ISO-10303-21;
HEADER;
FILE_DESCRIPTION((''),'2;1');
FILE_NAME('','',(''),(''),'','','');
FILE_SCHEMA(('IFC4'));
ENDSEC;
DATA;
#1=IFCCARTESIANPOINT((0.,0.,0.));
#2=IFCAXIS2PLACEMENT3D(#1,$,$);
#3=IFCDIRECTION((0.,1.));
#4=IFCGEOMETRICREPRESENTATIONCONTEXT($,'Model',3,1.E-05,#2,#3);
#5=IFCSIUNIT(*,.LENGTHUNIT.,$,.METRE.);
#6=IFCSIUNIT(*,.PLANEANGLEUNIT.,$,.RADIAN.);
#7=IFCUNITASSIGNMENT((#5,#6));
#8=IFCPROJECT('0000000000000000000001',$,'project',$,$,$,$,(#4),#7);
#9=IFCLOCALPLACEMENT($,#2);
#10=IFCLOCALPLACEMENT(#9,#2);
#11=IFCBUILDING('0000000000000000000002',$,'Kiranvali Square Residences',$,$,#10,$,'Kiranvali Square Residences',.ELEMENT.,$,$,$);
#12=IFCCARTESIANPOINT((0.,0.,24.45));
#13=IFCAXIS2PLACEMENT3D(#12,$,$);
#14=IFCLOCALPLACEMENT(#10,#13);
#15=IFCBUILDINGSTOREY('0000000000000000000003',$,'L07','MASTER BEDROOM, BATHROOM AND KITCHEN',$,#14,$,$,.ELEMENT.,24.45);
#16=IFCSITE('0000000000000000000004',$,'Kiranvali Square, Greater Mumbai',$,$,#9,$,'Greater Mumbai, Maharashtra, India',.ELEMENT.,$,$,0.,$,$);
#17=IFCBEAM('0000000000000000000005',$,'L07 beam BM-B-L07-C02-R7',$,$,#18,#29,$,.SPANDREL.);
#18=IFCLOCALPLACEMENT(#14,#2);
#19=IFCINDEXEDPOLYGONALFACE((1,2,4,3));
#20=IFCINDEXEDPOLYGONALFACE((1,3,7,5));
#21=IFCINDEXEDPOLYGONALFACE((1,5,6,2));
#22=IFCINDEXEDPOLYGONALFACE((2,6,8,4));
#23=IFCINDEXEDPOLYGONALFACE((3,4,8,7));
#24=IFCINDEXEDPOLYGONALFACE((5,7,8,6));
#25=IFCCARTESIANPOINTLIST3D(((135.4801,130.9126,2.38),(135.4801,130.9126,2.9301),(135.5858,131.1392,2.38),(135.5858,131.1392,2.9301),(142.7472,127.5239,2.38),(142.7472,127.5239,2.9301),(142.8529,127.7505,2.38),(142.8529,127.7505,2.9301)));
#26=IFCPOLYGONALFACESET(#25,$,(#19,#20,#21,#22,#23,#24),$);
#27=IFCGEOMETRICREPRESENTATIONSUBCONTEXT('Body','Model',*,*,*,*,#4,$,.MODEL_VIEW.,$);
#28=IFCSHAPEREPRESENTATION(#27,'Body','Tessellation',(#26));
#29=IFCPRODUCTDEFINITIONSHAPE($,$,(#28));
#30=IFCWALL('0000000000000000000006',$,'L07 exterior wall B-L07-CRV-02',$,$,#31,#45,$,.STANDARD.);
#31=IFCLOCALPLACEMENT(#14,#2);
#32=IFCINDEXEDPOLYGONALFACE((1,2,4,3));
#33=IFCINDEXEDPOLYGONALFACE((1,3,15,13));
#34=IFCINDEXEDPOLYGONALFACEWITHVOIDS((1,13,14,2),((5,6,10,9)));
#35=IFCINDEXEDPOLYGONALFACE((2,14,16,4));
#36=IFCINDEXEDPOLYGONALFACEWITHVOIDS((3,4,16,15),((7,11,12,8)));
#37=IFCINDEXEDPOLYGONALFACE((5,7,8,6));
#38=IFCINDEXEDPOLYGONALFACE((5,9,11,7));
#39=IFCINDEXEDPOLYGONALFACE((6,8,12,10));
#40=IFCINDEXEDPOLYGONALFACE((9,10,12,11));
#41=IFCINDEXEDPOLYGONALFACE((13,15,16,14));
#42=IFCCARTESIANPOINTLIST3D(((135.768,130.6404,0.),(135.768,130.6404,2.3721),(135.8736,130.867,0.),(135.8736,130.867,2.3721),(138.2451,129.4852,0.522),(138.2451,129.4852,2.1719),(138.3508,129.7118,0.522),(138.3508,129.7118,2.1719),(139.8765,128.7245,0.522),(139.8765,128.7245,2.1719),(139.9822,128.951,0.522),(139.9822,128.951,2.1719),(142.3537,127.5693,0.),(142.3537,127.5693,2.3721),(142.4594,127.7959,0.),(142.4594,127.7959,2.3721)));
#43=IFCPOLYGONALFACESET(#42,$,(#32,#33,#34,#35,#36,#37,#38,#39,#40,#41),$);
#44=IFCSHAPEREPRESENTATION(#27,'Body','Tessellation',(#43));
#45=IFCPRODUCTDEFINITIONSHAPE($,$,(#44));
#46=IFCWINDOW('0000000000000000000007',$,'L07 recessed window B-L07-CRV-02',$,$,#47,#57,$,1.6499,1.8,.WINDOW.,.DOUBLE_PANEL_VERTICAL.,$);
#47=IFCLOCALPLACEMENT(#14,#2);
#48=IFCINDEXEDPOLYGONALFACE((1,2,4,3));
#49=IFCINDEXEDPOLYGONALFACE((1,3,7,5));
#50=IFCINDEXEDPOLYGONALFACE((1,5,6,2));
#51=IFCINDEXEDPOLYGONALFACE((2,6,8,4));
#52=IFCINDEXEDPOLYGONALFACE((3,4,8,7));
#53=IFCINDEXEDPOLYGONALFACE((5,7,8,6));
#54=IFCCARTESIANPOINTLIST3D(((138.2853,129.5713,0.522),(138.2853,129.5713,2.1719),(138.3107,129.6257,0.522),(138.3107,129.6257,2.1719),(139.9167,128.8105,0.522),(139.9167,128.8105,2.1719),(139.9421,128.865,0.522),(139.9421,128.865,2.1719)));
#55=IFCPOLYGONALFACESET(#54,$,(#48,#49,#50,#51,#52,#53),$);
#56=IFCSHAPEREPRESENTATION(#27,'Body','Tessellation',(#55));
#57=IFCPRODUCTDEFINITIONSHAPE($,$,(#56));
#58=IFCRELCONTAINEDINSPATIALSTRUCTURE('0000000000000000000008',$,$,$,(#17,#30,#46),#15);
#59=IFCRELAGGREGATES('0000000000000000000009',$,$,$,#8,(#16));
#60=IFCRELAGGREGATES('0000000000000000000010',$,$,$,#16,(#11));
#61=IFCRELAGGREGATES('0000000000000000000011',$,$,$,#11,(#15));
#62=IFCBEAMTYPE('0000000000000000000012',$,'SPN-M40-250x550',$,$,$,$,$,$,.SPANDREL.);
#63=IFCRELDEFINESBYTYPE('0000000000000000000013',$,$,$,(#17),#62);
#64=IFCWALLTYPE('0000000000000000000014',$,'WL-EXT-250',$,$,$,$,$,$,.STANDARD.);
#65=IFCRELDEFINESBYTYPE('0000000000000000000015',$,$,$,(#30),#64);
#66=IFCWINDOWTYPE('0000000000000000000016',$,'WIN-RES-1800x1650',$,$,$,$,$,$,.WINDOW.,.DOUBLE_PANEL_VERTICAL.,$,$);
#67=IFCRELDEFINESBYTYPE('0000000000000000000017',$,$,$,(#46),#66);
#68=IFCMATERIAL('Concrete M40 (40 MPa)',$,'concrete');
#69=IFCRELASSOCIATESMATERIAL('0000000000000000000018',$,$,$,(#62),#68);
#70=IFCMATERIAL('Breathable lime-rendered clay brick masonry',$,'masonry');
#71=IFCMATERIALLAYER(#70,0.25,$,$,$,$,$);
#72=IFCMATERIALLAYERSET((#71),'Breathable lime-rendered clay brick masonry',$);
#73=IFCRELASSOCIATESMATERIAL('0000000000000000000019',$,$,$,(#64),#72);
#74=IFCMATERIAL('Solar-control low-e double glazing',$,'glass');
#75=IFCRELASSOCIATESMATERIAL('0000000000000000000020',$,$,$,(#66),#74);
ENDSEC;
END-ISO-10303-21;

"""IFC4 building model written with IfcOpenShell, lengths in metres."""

from ifc_helpers import new_model, si_unit, direction, frame, frame_2d, origin, origin_2d, place, context, subcontext, project, spatial, rectangle, extrude, material, layer, layer_set, material_profile, profile_set, type_object, element, fill, save


model = new_model("IFC4")

# Units and contexts
model_context = context("Model", 3, precision=1e-05, world=origin(), true_north=direction((0.0, 1.0)))
body_context = subcontext(model_context, "Body", "Model", "MODEL_VIEW")
ifc_project = project(units=[si_unit("LENGTHUNIT", "METRE"), si_unit("PLANEANGLEUNIT", "RADIAN")], contexts=[model_context])

# Site, building, storey
site_placement = place(None, origin())
site = spatial("IfcSite", under=ifc_project, at=site_placement, Name="Kiranvali Square, Greater Mumbai", LongName="Greater Mumbai, Maharashtra, India", CompositionType="ELEMENT", RefElevation=0.0)
building_placement = place(site_placement, origin())
building = spatial("IfcBuilding", under=site, at=building_placement, Name="Kiranvali Square Residences", LongName="Kiranvali Square Residences", CompositionType="ELEMENT")
storey_placement = place(building_placement, frame((0.0, 0.0, 24.45)))
storey = spatial("IfcBuildingStorey", under=building, at=storey_placement, Name="L07", Description="MASTER BEDROOM, BATHROOM AND KITCHEN", CompositionType="ELEMENT", Elevation=24.45)

# Beam
ifc_material_1 = material(Name="Concrete M40 (40 MPa)", Category="concrete")
ifc_material_profile_1 = material_profile(ifc_material_1, rectangle(XDim=0.25, YDim=0.55, at=origin_2d()), Name="RC 250x550")
ifc_profile_set_1 = profile_set([ifc_material_profile_1], Name="Concrete M40 (40 MPa)")
beam_type_1 = type_object("IfcBeamType", Name="SPN-M40-250x550", PredefinedType="SPANDREL", material=ifc_profile_set_1)
for number, where, z_axis, x_axis, name in (
    (1, (135.533, 131.0259, 2.655), (0.906309, -0.422615, 0.0), (0.422615, 0.906309, 0.0), "L07 beam BM-B-L07-C02-R7"),
):
    element("IfcBeam", number, at=place(storey_placement, frame(where, z_axis=z_axis, x_axis=x_axis)), inside=storey, type_object=beam_type_1, Name=name, PredefinedType="SPANDREL", context=body_context, shape_type="SweptSolid", body=[
        extrude(rectangle(XDim=0.25, YDim=0.55, at=origin_2d()), origin(), (0.0, 0.0, 1.0), 8.0183),
    ])

# Shared definitions
ifc_material_2 = material(Name="Breathable lime-rendered clay brick masonry", Category="masonry")
ifc_layer = layer(ifc_material_2, 0.25)
ifc_layer_set = layer_set([ifc_layer], Name="Breathable lime-rendered clay brick masonry")
wall_type = type_object("IfcWallType", Name="WL-EXT-250", PredefinedType="STANDARD", material=ifc_layer_set)
ifc_material_3 = material(Name="Solar-control low-e double glazing", Category="glass")

# Wall, opening, window
wall_1_placement = place(storey_placement, frame((135.8208, 130.7537, 0.0), z_axis=(0.0, 0.0, 1.0), x_axis=(0.906303, -0.422628, 0.0)))
wall_1 = element("IfcWall", 2, at=wall_1_placement, inside=storey, type_object=wall_type, Name="L07 exterior wall B-L07-CRV-02", PredefinedType="STANDARD", context=body_context, shape_type="SweptSolid", body=[
    extrude(rectangle(XDim=7.2666, YDim=0.25, at=frame_2d((3.6333, 0.0))), origin(), (0.0, 0.0, 1.0), 2.3721),
])
opening_1_placement = place(wall_1_placement, frame((2.7334, 0.0, 0.522)))
opening_1 = element("IfcOpeningElement", 3, at=opening_1_placement, cuts=wall_1, PredefinedType="OPENING", context=body_context, shape_type="SweptSolid", body=[
    extrude(rectangle(XDim=1.8, YDim=1.6499, at=frame_2d((0.8999, 0.825))), frame((0.0, 0.135, 0.0), z_axis=(0.0, -1.0, 0.0), x_axis=(1.0, 0.0, 0.0)), (0.0, 0.0, 1.0), 0.27),
])
window_type_1 = type_object("IfcWindowType", Name="WIN-RES-1800x1650", PartitioningType="DOUBLE_PANEL_VERTICAL", PredefinedType="WINDOW", material=ifc_material_3)
window_1_placement = place(opening_1_placement, origin())
window_1 = element("IfcWindow", 4, at=window_1_placement, inside=storey, type_object=window_type_1, Name="L07 recessed window B-L07-CRV-02", OverallHeight=1.6499, OverallWidth=1.8, PartitioningType="DOUBLE_PANEL_VERTICAL", PredefinedType="WINDOW", context=body_context, shape_type="SweptSolid", body=[
    extrude(rectangle(XDim=1.8, YDim=1.6499, at=frame_2d((0.8999, 0.825))), frame((0.0, 0.03, 0.0), z_axis=(0.0, -1.0, 0.0), x_axis=(1.0, 0.0, 0.0)), (0.0, 0.0, 1.0), 0.0601),
])
fill(opening_1, window_1)

save(model, "model.ifc")
